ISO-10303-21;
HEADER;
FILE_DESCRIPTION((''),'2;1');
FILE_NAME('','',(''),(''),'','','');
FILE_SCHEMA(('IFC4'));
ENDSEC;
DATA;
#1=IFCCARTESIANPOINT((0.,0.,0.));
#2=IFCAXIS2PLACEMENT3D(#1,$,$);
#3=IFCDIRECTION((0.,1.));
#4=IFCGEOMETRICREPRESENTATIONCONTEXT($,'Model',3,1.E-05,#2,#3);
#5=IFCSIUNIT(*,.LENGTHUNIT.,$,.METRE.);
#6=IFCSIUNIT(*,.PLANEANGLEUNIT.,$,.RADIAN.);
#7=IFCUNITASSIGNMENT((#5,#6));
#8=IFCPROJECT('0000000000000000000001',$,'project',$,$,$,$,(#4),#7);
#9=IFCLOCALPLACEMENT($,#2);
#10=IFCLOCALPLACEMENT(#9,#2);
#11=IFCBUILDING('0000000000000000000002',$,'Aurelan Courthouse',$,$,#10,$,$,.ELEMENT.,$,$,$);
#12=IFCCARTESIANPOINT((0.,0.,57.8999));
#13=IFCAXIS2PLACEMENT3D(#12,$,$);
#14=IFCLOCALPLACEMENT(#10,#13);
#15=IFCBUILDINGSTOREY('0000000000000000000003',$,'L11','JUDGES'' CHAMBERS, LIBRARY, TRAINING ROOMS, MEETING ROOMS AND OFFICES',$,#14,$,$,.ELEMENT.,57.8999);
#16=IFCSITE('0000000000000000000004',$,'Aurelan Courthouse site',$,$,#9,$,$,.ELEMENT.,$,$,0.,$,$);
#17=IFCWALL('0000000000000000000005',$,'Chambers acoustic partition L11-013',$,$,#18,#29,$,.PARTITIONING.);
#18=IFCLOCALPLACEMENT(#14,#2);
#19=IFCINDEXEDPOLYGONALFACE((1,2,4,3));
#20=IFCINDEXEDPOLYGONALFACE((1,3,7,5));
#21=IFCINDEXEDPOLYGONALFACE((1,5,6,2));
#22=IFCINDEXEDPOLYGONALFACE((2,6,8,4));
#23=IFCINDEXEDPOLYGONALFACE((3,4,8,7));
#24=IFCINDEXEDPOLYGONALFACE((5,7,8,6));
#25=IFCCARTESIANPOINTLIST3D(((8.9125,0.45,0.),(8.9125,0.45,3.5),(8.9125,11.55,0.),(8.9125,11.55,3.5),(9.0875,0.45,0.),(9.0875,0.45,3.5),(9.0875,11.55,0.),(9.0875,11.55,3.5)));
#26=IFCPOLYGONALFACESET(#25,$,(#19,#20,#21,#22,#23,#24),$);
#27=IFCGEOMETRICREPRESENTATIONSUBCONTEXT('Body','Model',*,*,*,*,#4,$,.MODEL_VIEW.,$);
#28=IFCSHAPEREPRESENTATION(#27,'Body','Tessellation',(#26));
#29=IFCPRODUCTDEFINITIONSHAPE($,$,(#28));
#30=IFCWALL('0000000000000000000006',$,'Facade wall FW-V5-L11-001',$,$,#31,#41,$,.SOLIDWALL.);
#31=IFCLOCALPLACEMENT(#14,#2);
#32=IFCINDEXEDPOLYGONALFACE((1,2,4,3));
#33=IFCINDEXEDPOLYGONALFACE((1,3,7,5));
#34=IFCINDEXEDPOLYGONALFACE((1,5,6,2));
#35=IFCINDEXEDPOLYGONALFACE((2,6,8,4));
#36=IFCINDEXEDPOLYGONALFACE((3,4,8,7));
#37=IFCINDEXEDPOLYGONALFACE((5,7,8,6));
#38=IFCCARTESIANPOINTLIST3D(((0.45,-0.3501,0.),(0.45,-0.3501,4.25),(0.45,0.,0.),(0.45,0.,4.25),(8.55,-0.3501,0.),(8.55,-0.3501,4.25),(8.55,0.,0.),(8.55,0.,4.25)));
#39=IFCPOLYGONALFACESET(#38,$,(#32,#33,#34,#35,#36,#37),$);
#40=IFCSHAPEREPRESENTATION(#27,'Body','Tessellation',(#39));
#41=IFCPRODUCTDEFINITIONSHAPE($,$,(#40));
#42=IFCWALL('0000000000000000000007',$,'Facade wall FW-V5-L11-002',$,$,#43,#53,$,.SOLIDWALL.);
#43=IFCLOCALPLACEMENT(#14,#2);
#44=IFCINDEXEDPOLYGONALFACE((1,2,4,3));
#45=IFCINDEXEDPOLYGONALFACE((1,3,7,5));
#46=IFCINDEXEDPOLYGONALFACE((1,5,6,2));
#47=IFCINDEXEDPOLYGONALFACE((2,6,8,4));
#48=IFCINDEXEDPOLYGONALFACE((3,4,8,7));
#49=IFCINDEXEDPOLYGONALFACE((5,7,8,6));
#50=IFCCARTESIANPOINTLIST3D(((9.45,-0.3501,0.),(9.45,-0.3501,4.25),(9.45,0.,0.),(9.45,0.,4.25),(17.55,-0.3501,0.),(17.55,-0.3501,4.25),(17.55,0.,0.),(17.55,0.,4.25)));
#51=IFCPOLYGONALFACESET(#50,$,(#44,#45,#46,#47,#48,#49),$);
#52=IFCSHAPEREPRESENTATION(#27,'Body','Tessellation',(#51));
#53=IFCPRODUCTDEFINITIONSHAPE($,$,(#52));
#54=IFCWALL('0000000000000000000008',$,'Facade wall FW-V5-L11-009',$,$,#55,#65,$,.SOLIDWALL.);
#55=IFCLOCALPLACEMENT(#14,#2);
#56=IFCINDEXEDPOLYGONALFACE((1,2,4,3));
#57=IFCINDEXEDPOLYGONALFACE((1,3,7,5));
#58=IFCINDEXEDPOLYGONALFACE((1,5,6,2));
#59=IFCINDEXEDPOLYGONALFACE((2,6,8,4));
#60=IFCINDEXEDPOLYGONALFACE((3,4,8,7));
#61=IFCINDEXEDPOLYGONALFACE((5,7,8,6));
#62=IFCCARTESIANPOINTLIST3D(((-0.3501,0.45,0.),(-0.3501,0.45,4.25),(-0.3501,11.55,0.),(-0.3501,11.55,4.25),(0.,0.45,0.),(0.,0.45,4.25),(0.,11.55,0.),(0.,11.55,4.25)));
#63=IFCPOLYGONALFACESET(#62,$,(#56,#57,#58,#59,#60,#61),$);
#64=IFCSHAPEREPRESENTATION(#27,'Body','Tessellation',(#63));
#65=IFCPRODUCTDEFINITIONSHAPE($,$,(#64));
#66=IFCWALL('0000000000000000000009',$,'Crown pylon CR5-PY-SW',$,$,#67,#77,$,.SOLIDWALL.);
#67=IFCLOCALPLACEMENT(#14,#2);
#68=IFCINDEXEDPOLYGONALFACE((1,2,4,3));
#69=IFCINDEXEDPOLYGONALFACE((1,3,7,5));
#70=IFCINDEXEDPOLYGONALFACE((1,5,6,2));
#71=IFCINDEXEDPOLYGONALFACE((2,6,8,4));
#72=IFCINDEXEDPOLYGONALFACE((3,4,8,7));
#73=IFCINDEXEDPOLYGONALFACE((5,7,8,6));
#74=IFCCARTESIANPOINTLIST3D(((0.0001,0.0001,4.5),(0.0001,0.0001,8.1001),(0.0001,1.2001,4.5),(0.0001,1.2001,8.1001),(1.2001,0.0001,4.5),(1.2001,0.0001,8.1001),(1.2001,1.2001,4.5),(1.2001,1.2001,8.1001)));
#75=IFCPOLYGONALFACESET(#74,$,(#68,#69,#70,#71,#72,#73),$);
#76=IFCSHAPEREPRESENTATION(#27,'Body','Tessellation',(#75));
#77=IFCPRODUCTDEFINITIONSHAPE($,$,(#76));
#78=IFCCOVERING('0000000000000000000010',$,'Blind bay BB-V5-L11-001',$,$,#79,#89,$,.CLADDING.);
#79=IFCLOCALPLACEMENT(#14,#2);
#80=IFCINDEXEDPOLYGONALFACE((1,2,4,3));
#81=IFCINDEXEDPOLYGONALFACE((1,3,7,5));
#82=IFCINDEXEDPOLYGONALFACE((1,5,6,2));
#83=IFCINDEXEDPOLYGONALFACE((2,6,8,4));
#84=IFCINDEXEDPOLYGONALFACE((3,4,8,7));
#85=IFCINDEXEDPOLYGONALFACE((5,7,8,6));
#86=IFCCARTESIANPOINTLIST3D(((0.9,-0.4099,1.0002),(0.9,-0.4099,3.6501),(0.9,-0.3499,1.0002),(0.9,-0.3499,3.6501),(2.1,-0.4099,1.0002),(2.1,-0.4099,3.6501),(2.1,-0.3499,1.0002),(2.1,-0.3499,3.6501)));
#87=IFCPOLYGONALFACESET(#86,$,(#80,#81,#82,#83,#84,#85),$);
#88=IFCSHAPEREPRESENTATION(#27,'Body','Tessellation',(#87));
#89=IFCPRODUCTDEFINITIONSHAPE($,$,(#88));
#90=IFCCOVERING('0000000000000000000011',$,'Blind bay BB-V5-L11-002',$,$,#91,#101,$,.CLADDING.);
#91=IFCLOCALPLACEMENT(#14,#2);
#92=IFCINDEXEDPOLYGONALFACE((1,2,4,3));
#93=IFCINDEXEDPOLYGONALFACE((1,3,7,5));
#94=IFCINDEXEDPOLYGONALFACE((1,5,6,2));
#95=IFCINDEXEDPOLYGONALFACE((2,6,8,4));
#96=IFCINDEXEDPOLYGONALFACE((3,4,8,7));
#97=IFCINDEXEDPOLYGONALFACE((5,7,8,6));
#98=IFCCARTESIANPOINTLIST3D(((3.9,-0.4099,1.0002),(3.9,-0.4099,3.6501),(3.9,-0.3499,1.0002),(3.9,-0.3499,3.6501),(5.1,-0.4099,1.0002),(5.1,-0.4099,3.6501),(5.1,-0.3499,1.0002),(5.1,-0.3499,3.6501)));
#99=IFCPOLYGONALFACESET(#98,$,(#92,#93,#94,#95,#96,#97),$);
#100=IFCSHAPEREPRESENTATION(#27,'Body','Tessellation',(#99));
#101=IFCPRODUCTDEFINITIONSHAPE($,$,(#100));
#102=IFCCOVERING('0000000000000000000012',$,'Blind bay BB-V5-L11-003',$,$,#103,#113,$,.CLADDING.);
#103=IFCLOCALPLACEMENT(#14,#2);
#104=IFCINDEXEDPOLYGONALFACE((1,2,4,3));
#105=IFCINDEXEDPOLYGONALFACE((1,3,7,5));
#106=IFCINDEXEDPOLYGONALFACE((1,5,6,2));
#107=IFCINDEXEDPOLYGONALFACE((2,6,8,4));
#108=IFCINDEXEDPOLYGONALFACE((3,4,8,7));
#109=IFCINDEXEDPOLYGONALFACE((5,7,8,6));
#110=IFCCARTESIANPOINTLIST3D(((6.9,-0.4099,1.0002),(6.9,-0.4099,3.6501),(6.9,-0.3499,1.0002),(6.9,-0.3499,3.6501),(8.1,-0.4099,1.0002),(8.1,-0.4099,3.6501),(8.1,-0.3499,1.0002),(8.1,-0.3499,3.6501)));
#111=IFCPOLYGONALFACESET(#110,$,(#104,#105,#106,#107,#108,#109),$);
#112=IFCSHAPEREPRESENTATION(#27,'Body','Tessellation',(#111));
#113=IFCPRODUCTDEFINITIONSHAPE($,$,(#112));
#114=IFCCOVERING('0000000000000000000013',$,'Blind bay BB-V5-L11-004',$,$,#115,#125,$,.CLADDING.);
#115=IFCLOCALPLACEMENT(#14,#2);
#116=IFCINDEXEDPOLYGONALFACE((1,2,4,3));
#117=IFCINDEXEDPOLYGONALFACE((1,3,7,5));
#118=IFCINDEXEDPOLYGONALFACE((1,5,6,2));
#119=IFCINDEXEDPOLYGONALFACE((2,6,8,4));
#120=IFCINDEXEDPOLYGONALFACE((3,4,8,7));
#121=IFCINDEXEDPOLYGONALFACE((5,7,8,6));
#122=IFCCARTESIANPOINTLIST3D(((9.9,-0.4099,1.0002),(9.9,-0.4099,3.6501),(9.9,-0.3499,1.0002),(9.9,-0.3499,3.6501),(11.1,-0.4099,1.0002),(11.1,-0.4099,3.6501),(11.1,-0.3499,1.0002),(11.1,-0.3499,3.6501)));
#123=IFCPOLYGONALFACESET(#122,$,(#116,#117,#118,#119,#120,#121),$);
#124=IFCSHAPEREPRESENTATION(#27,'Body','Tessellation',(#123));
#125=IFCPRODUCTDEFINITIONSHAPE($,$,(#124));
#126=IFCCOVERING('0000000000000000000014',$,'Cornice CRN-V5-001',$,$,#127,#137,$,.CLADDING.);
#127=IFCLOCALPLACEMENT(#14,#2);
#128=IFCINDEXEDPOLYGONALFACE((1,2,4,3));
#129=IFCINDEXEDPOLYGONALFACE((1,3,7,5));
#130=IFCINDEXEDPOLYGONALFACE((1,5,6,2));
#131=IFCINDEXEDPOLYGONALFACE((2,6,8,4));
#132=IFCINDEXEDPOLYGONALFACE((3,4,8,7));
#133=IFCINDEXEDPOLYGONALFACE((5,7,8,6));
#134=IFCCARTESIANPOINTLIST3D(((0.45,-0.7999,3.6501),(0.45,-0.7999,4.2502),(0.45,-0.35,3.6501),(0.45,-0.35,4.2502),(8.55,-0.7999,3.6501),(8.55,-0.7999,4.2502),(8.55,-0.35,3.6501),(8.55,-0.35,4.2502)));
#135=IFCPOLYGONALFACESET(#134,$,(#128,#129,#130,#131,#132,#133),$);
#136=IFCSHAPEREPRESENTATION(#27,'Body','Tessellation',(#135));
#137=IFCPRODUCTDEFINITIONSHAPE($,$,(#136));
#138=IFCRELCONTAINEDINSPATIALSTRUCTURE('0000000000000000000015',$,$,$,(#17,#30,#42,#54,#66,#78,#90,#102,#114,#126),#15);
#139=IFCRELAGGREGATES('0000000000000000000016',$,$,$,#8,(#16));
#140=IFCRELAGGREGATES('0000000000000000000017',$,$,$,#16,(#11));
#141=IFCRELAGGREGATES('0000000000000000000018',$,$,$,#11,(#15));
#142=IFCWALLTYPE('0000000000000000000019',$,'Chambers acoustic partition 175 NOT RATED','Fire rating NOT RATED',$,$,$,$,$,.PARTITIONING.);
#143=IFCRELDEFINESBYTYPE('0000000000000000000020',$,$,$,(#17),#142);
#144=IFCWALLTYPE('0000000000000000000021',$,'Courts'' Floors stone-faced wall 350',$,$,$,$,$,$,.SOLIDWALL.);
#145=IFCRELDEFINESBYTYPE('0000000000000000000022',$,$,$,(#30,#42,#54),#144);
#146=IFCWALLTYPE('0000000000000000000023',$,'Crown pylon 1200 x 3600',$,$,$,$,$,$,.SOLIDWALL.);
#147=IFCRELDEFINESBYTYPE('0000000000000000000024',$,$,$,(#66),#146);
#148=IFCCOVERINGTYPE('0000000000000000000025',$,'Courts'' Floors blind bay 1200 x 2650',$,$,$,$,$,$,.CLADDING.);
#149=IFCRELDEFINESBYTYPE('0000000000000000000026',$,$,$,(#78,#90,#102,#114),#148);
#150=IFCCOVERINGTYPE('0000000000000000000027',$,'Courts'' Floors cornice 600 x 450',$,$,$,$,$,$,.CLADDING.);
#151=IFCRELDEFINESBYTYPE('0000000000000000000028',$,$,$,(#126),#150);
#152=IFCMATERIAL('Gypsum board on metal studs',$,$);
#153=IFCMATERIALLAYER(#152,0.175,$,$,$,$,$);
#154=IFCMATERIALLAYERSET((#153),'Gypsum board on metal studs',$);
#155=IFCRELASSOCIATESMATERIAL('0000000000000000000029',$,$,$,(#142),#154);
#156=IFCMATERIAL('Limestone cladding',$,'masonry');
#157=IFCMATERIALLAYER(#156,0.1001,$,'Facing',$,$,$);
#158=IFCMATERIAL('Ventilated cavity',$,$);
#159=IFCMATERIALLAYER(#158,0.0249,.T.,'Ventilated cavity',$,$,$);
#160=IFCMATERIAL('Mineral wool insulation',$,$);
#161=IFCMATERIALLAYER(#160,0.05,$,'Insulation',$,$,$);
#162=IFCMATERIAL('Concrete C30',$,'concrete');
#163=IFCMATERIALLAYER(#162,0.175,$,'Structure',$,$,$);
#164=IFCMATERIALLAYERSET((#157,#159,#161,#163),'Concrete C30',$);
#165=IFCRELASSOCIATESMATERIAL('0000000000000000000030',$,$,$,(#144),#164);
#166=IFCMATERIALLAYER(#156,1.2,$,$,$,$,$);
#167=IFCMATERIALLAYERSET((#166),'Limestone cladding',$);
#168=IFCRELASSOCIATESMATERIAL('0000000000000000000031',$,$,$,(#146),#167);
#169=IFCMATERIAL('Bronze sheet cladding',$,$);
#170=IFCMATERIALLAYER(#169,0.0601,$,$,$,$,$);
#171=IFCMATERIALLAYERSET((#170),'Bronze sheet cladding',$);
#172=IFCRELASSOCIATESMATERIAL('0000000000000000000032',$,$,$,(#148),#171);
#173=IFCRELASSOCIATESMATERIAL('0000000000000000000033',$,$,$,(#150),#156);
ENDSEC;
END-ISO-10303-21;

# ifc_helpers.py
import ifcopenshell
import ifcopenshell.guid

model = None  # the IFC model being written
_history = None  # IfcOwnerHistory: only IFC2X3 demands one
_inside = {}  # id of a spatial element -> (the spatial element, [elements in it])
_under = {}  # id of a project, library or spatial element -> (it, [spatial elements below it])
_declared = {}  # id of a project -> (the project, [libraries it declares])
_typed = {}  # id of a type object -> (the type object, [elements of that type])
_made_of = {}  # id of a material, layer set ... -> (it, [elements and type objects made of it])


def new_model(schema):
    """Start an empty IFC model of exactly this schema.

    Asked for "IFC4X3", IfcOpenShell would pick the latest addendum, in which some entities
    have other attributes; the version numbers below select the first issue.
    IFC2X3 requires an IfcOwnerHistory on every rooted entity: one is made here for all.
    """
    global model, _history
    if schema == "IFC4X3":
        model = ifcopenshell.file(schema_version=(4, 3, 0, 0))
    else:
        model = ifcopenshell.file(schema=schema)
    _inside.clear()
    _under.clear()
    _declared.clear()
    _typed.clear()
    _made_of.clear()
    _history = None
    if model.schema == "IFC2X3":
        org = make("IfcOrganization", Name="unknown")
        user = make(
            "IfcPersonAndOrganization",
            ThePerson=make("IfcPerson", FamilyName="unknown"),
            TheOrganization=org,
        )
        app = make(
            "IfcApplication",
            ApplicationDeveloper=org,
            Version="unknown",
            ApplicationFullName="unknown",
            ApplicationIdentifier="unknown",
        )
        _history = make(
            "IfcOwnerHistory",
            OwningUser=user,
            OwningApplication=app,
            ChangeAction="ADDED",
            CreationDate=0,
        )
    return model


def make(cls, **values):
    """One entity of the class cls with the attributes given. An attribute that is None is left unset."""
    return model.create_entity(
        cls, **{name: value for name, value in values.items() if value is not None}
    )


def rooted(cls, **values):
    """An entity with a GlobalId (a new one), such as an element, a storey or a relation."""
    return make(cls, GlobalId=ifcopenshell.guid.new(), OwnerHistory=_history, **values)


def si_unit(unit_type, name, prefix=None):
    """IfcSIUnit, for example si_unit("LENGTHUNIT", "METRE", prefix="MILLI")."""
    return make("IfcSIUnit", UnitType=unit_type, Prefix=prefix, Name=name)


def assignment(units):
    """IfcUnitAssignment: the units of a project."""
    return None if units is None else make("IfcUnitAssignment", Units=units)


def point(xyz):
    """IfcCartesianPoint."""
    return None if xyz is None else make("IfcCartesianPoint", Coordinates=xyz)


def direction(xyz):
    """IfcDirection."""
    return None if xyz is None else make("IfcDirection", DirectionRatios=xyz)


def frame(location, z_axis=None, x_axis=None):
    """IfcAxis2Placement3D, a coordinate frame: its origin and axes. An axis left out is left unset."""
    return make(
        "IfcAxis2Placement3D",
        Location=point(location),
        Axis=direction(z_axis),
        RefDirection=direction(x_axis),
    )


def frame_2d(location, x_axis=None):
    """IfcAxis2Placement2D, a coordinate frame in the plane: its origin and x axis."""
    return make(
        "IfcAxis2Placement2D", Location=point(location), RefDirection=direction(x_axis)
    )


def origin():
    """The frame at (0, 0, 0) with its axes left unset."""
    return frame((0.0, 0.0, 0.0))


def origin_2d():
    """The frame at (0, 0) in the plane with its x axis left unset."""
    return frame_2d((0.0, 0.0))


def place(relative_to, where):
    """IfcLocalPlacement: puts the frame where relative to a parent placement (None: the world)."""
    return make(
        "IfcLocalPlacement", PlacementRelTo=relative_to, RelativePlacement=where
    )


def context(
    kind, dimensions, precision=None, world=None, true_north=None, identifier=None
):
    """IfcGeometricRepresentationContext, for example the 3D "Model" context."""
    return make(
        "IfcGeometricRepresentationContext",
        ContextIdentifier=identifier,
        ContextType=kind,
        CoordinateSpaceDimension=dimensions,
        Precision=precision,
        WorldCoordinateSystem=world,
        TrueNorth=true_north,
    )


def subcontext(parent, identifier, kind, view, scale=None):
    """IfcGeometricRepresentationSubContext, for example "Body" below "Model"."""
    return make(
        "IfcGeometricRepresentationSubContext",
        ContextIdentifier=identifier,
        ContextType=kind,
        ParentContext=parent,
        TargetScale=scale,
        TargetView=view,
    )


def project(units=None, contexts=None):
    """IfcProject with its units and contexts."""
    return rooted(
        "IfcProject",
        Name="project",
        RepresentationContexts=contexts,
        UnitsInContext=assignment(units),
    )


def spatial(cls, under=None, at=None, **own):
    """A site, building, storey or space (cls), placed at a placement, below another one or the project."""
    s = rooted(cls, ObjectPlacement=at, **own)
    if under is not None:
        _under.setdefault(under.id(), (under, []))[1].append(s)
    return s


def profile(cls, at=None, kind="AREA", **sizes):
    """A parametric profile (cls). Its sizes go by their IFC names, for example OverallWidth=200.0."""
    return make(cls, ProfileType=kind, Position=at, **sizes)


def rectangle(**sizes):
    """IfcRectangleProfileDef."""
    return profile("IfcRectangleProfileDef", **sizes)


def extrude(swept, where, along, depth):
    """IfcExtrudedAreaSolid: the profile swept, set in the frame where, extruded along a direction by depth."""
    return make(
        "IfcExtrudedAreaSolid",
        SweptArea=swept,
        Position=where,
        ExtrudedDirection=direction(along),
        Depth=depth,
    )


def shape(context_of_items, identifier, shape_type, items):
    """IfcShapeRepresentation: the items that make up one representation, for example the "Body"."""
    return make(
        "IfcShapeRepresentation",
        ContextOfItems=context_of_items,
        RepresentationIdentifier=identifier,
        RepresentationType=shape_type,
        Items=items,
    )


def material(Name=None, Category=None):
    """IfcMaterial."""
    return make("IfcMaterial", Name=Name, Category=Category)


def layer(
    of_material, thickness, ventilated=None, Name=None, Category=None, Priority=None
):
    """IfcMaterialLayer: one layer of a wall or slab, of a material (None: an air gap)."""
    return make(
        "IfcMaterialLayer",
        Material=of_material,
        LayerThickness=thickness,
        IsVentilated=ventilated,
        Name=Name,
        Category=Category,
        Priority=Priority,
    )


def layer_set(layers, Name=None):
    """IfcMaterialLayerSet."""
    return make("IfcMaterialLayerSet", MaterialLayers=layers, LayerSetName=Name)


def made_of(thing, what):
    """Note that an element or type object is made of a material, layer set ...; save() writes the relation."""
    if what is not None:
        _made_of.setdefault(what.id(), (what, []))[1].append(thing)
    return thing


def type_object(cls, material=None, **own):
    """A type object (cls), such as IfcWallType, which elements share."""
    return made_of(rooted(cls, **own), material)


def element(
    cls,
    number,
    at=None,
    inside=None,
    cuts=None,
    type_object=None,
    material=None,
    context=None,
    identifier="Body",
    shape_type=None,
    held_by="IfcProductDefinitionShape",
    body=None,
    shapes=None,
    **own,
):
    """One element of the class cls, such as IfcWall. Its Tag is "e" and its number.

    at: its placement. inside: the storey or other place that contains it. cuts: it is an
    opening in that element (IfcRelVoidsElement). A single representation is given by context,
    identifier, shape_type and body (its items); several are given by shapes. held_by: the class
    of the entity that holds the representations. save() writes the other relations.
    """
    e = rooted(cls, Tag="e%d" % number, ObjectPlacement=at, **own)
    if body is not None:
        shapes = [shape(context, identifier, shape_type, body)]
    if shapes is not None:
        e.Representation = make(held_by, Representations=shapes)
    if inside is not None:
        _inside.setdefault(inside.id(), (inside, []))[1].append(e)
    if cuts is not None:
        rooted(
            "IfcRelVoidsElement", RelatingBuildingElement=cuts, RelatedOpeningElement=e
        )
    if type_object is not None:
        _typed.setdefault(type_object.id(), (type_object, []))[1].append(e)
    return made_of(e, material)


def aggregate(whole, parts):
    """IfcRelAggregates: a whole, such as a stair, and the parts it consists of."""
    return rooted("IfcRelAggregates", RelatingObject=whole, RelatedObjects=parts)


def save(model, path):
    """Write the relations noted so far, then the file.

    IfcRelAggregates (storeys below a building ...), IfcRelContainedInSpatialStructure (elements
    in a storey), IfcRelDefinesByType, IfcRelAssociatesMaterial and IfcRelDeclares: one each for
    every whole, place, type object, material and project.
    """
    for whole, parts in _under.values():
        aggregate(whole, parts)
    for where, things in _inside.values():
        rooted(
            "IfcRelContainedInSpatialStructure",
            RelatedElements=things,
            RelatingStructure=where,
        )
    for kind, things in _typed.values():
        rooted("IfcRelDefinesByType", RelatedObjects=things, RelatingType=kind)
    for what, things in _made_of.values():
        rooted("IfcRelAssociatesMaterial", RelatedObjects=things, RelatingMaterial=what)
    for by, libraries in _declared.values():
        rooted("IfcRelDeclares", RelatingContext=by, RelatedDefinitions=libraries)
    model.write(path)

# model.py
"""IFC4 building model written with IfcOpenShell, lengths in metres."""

from ifc_helpers import new_model, si_unit, direction, frame, frame_2d, origin, origin_2d, place, context, subcontext, project, spatial, rectangle, extrude, material, layer, layer_set, type_object, element, save


model = new_model("IFC4")

# Units and contexts
model_context = context("Model", 3, precision=1e-05, world=origin(), true_north=direction((0.0, 1.0)))
body_context = subcontext(model_context, "Body", "Model", "MODEL_VIEW")
ifc_project = project(units=[si_unit("LENGTHUNIT", "METRE"), si_unit("PLANEANGLEUNIT", "RADIAN")], contexts=[model_context])

# Site, building, storey
site_placement = place(None, origin())
site = spatial("IfcSite", under=ifc_project, at=site_placement, Name="Aurelan Courthouse site", CompositionType="ELEMENT", RefElevation=0.0)
building_placement = place(site_placement, origin())
building = spatial("IfcBuilding", under=site, at=building_placement, Name="Aurelan Courthouse", CompositionType="ELEMENT")
storey_placement = place(building_placement, frame((0.0, 0.0, 57.8999)))
storey = spatial("IfcBuildingStorey", under=building, at=storey_placement, Name="L11", Description="JUDGES' CHAMBERS, LIBRARY, TRAINING ROOMS, MEETING ROOMS AND OFFICES", CompositionType="ELEMENT", Elevation=57.8999)

# Shared definitions
ifc_material_1 = material(Name="Concrete C30", Category="concrete")

# Walls
ifc_material_2 = material(Name="Limestone cladding", Category="masonry")
ifc_material_3 = material(Name="Gypsum board on metal studs")
ifc_layer_1 = layer(ifc_material_3, 0.175)
ifc_layer_set_1 = layer_set([ifc_layer_1], Name="Gypsum board on metal studs")
wall_type_1 = type_object("IfcWallType", Name="Chambers acoustic partition 175 NOT RATED", Description="Fire rating NOT RATED", PredefinedType="PARTITIONING", material=ifc_layer_set_1)
wall_1_placement = place(storey_placement, frame((9.0, 0.45, 0.0), z_axis=(0.0, 0.0, 1.0), x_axis=(0.0, 1.0, 0.0)))
element("IfcWall", 1, at=wall_1_placement, inside=storey, type_object=wall_type_1, Name="Chambers acoustic partition L11-013", PredefinedType="PARTITIONING", context=body_context, shape_type="SweptSolid", body=[
    extrude(rectangle(XDim=11.1001, YDim=0.175, at=frame_2d((5.55, 0.0))), origin(), (0.0, 0.0, 1.0), 3.5),
])
ifc_layer_2 = layer(ifc_material_2, 0.1001, Name="Facing")
ifc_material_4 = material(Name="Ventilated cavity")
ifc_layer_3 = layer(ifc_material_4, 0.0249, ventilated=True, Name="Ventilated cavity")
ifc_material_5 = material(Name="Mineral wool insulation")
ifc_layer_4 = layer(ifc_material_5, 0.05, Name="Insulation")
ifc_layer_5 = layer(ifc_material_1, 0.175, Name="Structure")
ifc_layer_set_2 = layer_set([ifc_layer_2, ifc_layer_3, ifc_layer_4, ifc_layer_5], Name="Concrete C30")
wall_type_2 = type_object("IfcWallType", Name="Courts' Floors stone-faced wall 350", PredefinedType="SOLIDWALL", material=ifc_layer_set_2)
for number, where, z_axis, x_axis, name in (
    (2, (0.45, -0.175, 0.0), (0.0, 0.0, 1.0), (1.0, 0.0, 0.0), "Facade wall FW-V5-L11-001"),
    (3, (9.45, -0.175, 0.0), (0.0, 0.0, 1.0), (1.0, 0.0, 0.0), "Facade wall FW-V5-L11-002"),
):
    element("IfcWall", number, at=place(storey_placement, frame(where, z_axis=z_axis, x_axis=x_axis)), inside=storey, type_object=wall_type_2, Name=name, PredefinedType="SOLIDWALL", context=body_context, shape_type="SweptSolid", body=[
        extrude(rectangle(XDim=8.1001, YDim=0.3501, at=frame_2d((4.05, 0.0))), origin(), (0.0, 0.0, 1.0), 4.25),
    ])
wall_2_placement = place(storey_placement, frame((-0.175, 0.45, 0.0), z_axis=(0.0, 0.0, 1.0), x_axis=(0.0, 1.0, 0.0)))
element("IfcWall", 4, at=wall_2_placement, inside=storey, type_object=wall_type_2, Name="Facade wall FW-V5-L11-009", PredefinedType="SOLIDWALL", context=body_context, shape_type="SweptSolid", body=[
    extrude(rectangle(XDim=11.1001, YDim=0.3501, at=frame_2d((5.55, 0.0))), origin(), (0.0, 0.0, 1.0), 4.25),
])
ifc_layer_6 = layer(ifc_material_2, 1.2)
ifc_layer_set_3 = layer_set([ifc_layer_6], Name="Limestone cladding")
wall_type_3 = type_object("IfcWallType", Name="Crown pylon 1200 x 3600", PredefinedType="SOLIDWALL", material=ifc_layer_set_3)
wall_3_placement = place(storey_placement, frame((0.0, 0.6001, 4.5), z_axis=(0.0, 0.0, 1.0), x_axis=(1.0, 0.0, 0.0)))
element("IfcWall", 5, at=wall_3_placement, inside=storey, type_object=wall_type_3, Name="Crown pylon CR5-PY-SW", PredefinedType="SOLIDWALL", context=body_context, shape_type="SweptSolid", body=[
    extrude(rectangle(XDim=1.2, YDim=1.2, at=frame_2d((0.6001, 0.0))), origin(), (0.0, 0.0, 1.0), 3.6001),
])

# Coverings
ifc_material_6 = material(Name="Bronze sheet cladding")
ifc_layer_7 = layer(ifc_material_6, 0.0601)
ifc_layer_set_4 = layer_set([ifc_layer_7], Name="Bronze sheet cladding")
covering_type_1 = type_object("IfcCoveringType", Name="Courts' Floors blind bay 1200 x 2650", PredefinedType="CLADDING", material=ifc_layer_set_4)
for number, where, z_axis, x_axis, name in (
    (6, (1.5, -0.3799, 1.0002), (0.0, 0.0, 1.0), (1.0, 0.0, 0.0), "Blind bay BB-V5-L11-001"),
    (7, (4.5, -0.3799, 1.0002), (0.0, 0.0, 1.0), (1.0, 0.0, 0.0), "Blind bay BB-V5-L11-002"),
    (8, (7.5, -0.3799, 1.0002), (0.0, 0.0, 1.0), (1.0, 0.0, 0.0), "Blind bay BB-V5-L11-003"),
    (9, (10.5, -0.3799, 1.0002), (0.0, 0.0, 1.0), (1.0, 0.0, 0.0), "Blind bay BB-V5-L11-004"),
):
    element("IfcCovering", number, at=place(storey_placement, frame(where, z_axis=z_axis, x_axis=x_axis)), inside=storey, type_object=covering_type_1, Name=name, PredefinedType="CLADDING", context=body_context, shape_type="SweptSolid", body=[
        extrude(rectangle(XDim=1.2, YDim=0.0601, at=origin_2d()), origin(), (0.0, 0.0, 1.0), 2.6499),
    ])
covering_type_2 = type_object("IfcCoveringType", Name="Courts' Floors cornice 600 x 450", PredefinedType="CLADDING", material=ifc_material_2)
covering_placement = place(storey_placement, frame((4.5, -0.575, 3.6501), z_axis=(0.0, 0.0, 1.0), x_axis=(1.0, 0.0, 0.0)))
element("IfcCovering", 10, at=covering_placement, inside=storey, type_object=covering_type_2, Name="Cornice CRN-V5-001", PredefinedType="CLADDING", context=body_context, shape_type="SweptSolid", body=[
    extrude(rectangle(XDim=8.1001, YDim=0.45, at=origin_2d()), origin(), (0.0, 0.0, 1.0), 0.6001),
])

save(model, "model.ifc")
